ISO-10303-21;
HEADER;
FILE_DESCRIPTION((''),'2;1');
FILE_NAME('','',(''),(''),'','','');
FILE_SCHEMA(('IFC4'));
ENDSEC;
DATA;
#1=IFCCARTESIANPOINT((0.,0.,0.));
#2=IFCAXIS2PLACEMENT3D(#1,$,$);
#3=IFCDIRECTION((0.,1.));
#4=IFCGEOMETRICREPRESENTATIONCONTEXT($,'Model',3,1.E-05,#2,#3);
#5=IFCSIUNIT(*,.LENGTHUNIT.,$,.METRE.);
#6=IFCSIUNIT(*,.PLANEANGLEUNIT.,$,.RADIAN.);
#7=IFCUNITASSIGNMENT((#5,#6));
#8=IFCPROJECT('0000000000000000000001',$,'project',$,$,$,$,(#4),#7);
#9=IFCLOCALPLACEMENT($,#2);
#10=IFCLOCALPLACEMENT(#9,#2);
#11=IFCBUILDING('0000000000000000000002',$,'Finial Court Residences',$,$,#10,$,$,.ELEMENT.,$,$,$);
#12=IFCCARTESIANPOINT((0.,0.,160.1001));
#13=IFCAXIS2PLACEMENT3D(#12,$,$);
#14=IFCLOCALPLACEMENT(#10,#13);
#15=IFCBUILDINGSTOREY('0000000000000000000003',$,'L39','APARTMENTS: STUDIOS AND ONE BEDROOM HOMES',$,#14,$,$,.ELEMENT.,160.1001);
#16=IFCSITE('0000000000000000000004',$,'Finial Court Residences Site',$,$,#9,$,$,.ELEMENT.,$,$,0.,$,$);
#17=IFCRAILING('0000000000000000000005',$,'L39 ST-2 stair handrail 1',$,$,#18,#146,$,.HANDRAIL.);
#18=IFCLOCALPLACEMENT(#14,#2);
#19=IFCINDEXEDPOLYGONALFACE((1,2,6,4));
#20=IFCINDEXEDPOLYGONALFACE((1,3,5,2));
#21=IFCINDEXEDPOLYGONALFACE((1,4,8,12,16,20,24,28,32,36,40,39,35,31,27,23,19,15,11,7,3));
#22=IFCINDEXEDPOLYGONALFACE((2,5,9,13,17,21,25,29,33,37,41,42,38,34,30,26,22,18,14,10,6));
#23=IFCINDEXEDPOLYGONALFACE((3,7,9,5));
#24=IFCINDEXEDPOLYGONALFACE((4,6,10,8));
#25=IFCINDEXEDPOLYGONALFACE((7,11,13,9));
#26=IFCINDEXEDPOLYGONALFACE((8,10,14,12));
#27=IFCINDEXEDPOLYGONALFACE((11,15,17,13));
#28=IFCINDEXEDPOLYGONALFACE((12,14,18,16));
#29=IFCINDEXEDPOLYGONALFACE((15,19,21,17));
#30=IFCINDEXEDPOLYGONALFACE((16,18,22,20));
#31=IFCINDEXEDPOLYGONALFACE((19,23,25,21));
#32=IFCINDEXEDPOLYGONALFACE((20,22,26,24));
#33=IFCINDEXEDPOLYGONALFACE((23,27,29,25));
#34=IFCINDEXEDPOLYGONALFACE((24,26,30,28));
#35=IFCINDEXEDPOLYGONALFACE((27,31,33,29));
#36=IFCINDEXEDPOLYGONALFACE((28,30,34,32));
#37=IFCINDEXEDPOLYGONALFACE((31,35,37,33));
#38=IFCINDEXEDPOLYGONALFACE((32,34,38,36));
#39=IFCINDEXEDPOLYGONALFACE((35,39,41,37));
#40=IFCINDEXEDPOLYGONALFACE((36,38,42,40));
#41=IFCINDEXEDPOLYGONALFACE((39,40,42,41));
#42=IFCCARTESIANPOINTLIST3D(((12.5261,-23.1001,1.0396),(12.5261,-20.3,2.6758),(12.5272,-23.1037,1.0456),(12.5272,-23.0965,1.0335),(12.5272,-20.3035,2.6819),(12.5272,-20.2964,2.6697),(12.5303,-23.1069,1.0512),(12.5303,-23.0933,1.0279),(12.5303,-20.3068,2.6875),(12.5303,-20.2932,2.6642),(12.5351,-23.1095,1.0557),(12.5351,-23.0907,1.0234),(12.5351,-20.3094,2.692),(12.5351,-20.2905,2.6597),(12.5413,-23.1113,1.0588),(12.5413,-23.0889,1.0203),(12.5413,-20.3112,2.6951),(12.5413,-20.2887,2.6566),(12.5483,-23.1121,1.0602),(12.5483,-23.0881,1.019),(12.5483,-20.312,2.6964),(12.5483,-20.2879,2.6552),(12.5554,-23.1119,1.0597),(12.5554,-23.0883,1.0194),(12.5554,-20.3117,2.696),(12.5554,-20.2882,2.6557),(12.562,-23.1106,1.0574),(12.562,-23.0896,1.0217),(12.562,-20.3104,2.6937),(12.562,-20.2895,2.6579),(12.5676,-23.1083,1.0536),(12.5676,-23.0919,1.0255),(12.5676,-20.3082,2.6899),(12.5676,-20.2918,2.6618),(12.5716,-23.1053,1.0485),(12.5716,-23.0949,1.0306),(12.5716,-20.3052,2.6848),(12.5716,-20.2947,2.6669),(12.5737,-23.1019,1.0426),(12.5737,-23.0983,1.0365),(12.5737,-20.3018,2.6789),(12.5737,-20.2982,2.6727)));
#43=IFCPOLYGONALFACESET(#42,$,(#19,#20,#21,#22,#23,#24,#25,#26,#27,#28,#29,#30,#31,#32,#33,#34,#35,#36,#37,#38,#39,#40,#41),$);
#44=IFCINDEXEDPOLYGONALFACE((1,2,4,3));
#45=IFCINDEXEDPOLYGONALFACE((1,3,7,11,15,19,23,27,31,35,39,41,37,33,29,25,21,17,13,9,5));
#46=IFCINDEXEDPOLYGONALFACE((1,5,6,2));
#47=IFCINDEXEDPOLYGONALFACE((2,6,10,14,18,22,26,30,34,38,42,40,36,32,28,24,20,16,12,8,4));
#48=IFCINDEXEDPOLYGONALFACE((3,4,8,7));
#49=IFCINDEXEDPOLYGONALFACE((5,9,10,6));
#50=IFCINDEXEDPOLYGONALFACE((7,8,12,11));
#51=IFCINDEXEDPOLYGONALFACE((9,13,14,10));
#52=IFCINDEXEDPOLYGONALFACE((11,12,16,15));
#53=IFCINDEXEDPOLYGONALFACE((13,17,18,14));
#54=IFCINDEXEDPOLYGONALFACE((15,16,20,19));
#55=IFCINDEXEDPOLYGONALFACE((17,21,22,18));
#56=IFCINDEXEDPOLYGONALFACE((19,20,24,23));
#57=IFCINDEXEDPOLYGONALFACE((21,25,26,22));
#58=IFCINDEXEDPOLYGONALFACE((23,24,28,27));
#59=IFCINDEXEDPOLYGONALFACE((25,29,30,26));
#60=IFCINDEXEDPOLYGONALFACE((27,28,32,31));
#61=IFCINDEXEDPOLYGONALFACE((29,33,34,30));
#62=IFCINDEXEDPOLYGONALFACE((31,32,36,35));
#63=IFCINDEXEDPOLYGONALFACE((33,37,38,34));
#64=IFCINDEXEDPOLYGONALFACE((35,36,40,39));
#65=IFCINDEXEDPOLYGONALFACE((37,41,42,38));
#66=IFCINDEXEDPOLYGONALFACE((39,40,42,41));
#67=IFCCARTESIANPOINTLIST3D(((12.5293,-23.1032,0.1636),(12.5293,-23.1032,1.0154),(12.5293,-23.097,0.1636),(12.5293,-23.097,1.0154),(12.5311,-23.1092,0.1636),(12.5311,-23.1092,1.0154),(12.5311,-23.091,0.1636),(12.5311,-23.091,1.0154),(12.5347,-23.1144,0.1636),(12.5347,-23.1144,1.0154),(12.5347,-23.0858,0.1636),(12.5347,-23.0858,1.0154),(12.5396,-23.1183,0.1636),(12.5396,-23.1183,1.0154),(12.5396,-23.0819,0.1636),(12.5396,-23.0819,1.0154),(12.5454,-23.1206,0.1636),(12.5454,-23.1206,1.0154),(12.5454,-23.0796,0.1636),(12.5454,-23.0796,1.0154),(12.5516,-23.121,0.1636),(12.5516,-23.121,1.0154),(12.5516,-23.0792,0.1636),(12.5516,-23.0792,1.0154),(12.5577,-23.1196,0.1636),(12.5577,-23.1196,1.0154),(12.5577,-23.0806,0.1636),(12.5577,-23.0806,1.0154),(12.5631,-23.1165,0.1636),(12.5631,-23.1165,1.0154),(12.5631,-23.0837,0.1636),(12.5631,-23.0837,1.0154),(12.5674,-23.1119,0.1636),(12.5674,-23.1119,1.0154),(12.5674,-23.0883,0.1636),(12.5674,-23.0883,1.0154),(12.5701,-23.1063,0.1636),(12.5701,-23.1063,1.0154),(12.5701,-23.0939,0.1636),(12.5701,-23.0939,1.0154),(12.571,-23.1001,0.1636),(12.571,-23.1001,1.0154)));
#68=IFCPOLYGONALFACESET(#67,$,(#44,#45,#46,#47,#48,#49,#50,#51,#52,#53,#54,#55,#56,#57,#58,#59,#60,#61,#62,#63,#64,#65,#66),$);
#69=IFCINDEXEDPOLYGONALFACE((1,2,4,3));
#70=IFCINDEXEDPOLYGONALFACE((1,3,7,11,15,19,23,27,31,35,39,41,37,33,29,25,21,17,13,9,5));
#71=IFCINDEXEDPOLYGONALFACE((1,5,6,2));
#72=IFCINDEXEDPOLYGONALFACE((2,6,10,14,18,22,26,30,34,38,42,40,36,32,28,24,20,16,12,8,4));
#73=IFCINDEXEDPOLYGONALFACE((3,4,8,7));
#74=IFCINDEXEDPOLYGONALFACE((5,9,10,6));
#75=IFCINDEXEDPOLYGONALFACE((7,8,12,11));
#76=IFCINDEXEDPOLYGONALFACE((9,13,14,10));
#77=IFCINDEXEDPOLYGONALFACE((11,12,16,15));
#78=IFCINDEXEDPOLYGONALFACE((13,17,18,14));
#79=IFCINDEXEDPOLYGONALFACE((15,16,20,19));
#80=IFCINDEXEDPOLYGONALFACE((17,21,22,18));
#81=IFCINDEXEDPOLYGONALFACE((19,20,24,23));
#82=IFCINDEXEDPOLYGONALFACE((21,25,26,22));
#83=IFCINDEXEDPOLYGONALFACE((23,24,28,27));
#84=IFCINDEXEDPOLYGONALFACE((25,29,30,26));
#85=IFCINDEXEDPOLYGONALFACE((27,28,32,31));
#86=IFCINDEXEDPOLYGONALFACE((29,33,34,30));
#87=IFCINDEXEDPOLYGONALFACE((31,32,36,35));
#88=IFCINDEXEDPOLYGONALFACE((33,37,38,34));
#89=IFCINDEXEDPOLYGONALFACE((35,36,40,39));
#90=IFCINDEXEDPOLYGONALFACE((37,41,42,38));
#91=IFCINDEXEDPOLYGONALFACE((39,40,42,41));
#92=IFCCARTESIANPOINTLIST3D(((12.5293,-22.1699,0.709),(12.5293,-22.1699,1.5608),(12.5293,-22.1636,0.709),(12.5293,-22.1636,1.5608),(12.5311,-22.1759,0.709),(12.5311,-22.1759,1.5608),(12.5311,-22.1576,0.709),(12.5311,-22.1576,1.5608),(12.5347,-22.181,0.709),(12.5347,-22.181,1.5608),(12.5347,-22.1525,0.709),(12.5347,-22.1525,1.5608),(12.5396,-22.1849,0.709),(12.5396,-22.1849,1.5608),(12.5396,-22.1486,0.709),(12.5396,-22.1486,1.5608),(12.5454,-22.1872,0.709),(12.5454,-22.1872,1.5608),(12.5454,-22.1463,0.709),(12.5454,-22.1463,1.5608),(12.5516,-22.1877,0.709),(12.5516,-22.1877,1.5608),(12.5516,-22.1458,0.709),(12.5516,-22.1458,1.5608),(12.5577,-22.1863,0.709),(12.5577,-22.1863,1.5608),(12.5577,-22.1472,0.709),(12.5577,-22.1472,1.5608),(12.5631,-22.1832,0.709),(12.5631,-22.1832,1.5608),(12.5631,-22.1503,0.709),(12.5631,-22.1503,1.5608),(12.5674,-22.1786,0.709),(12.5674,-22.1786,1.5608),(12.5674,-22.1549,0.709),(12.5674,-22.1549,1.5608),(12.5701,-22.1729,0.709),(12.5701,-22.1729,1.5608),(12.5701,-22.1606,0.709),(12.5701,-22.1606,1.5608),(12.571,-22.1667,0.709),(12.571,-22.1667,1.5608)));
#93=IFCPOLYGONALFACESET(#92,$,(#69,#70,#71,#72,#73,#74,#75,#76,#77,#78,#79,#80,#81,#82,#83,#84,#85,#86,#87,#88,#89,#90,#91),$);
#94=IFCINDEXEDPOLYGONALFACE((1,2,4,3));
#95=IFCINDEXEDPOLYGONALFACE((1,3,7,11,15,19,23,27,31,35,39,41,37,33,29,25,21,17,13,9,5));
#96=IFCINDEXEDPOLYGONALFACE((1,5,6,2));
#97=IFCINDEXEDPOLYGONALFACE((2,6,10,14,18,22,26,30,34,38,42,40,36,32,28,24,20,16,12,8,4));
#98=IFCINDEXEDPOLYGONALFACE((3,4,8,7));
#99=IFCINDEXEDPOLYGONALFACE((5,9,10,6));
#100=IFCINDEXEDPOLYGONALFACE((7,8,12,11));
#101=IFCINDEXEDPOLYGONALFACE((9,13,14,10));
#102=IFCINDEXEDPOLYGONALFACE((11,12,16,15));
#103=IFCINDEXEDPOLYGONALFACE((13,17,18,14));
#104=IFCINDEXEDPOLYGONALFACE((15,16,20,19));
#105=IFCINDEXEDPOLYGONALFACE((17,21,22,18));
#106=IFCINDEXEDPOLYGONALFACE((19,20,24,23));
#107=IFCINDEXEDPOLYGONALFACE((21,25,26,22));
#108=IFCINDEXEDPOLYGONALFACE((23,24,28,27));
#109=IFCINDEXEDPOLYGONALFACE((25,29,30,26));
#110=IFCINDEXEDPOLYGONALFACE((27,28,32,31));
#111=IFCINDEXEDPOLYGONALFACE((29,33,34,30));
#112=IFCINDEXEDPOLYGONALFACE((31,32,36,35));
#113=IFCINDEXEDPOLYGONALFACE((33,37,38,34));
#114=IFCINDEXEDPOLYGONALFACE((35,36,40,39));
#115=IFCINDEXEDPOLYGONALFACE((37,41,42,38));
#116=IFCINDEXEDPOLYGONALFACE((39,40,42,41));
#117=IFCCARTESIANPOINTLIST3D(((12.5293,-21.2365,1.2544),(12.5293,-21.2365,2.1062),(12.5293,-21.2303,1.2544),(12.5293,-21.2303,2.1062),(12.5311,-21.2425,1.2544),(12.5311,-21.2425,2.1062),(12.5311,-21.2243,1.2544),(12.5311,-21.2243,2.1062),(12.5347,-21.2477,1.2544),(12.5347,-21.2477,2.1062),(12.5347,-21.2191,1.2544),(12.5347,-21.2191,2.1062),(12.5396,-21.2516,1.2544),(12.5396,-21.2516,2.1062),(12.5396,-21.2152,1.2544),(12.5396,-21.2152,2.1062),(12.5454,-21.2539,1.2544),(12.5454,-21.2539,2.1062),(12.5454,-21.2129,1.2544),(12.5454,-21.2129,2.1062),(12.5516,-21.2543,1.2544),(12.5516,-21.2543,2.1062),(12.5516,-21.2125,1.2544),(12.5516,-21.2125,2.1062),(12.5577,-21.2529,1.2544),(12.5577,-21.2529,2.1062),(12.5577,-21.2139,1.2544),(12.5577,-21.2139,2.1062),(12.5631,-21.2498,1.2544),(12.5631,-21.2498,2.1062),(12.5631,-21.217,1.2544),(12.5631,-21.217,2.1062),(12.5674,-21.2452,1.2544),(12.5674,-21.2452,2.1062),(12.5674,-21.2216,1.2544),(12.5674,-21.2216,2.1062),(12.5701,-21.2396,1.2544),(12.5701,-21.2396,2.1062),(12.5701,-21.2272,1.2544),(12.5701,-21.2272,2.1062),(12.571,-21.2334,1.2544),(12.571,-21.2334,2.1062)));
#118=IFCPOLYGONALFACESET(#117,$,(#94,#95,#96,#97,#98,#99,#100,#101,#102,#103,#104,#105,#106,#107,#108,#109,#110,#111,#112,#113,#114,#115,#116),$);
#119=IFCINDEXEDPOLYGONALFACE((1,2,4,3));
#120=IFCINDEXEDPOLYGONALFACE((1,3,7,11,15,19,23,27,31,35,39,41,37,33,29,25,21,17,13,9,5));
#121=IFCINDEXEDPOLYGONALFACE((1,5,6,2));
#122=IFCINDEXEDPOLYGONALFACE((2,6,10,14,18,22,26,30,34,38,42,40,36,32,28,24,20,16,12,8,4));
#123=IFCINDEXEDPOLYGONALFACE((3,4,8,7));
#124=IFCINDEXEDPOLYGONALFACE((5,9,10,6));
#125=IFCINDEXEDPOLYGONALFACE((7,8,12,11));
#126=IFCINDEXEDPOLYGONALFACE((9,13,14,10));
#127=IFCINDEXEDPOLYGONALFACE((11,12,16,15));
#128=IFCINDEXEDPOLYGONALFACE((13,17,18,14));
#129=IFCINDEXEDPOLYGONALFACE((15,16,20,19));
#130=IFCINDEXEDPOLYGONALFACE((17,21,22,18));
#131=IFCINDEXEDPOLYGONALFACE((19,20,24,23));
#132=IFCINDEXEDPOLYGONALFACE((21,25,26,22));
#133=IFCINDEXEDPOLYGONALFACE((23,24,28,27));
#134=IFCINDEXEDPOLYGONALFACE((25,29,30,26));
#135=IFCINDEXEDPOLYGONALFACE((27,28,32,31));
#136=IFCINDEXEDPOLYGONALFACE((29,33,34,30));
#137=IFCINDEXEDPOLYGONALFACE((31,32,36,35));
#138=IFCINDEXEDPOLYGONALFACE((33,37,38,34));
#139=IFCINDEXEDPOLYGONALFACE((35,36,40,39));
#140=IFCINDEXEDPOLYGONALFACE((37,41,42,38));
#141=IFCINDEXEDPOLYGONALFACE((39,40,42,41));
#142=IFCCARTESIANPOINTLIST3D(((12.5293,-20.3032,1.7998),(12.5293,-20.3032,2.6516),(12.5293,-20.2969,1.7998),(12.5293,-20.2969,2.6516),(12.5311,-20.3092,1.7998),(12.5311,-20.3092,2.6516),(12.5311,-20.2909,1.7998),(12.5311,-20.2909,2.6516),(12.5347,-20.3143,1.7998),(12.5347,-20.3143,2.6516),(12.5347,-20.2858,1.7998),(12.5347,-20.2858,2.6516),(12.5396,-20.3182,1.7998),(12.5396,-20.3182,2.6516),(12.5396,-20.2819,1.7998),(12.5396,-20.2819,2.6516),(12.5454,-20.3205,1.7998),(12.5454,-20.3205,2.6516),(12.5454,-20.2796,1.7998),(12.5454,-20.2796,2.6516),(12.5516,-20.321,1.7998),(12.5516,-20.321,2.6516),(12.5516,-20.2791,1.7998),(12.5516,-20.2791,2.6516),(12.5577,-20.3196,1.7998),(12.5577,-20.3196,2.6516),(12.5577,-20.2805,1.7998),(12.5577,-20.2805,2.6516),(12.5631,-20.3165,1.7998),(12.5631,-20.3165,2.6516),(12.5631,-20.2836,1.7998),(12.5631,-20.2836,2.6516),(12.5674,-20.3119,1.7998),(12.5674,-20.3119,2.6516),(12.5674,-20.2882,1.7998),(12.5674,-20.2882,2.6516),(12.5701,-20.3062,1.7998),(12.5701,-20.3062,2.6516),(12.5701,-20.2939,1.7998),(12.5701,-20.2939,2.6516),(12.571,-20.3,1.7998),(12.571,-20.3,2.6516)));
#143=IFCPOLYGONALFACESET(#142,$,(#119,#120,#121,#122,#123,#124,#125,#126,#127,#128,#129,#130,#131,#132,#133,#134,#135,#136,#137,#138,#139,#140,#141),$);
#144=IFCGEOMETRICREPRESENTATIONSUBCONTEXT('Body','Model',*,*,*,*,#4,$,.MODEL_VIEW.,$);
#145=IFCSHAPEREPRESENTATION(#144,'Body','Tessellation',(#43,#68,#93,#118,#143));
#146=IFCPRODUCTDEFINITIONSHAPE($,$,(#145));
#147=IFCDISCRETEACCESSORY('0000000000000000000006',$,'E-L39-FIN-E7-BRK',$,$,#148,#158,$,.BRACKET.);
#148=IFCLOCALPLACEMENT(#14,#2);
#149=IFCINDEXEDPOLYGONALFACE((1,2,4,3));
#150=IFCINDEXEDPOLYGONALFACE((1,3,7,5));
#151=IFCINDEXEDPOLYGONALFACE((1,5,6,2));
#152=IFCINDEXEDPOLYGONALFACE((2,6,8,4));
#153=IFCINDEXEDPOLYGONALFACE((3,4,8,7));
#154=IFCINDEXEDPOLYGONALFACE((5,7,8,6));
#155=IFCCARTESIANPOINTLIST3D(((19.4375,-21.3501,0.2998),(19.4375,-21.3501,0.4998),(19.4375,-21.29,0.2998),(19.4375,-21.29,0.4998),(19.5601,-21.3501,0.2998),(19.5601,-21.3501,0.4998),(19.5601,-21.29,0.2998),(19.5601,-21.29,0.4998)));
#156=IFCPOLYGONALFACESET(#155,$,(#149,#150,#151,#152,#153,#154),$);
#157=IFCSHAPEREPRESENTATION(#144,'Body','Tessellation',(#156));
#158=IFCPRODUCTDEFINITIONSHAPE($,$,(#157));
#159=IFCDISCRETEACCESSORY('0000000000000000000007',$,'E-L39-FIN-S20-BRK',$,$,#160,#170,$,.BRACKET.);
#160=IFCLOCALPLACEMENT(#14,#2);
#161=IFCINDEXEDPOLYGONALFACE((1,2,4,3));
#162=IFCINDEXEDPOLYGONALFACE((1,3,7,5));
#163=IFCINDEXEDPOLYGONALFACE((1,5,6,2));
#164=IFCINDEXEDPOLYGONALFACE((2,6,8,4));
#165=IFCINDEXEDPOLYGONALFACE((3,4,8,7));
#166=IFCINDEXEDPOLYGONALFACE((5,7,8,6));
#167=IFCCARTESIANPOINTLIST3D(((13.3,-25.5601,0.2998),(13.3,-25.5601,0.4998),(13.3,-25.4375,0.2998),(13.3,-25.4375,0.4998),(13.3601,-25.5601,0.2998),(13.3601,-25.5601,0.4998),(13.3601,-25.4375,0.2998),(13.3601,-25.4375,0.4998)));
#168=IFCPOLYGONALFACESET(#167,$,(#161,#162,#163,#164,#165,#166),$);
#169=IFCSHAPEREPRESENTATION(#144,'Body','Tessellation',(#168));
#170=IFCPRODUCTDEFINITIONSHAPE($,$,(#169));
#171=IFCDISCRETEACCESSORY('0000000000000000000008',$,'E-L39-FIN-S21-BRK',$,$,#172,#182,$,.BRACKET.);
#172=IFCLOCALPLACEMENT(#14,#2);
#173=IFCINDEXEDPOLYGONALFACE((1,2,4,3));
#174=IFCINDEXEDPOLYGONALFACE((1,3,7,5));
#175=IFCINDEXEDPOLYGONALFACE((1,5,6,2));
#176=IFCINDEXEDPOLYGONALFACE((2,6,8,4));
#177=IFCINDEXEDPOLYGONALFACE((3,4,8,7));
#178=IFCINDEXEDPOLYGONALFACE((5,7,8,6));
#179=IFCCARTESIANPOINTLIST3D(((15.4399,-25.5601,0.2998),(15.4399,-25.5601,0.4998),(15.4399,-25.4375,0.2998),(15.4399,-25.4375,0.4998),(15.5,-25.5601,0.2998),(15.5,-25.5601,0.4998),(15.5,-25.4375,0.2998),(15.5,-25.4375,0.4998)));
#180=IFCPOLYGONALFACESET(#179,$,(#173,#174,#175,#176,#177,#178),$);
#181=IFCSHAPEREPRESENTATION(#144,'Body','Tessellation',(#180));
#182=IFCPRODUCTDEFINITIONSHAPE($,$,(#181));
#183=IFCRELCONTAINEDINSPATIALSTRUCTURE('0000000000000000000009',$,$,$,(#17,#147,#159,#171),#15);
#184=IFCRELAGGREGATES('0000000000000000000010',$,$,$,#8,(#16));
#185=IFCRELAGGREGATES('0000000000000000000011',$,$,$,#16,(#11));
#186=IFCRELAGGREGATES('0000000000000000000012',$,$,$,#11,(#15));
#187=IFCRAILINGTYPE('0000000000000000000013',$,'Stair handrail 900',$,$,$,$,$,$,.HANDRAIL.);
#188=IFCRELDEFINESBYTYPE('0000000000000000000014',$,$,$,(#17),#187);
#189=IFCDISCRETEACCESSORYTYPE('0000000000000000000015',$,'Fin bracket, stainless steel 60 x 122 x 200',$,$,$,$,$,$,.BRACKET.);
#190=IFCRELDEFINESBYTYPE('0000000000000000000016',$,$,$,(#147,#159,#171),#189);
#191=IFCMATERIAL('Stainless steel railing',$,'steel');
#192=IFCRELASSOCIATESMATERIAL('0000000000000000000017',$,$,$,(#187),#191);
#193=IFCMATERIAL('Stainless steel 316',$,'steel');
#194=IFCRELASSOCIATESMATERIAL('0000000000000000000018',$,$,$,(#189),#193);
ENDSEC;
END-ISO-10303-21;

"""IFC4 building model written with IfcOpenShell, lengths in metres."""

from ifc_helpers import new_model, si_unit, direction, frame, origin, origin_2d, place, context, subcontext, project, spatial, rectangle, circle, extrude, material, type_object, element, save


model = new_model("IFC4")

# Units and contexts
model_context = context("Model", 3, precision=1e-05, world=origin(), true_north=direction((0.0, 1.0)))
body_context = subcontext(model_context, "Body", "Model", "MODEL_VIEW")
ifc_project = project(units=[si_unit("LENGTHUNIT", "METRE"), si_unit("PLANEANGLEUNIT", "RADIAN")], contexts=[model_context])

# Site, building, storey
site_placement = place(None, origin())
site = spatial("IfcSite", under=ifc_project, at=site_placement, Name="Finial Court Residences Site", CompositionType="ELEMENT", RefElevation=0.0)
building_placement = place(site_placement, origin())
building = spatial("IfcBuilding", under=site, at=building_placement, Name="Finial Court Residences", CompositionType="ELEMENT")
storey_placement = place(building_placement, frame((0.0, 0.0, 160.1001)))
storey = spatial("IfcBuildingStorey", under=building, at=storey_placement, Name="L39", Description="APARTMENTS: STUDIOS AND ONE BEDROOM HOMES", CompositionType="ELEMENT", Elevation=160.1001)

# Railing
ifc_material_1 = material(Name="Stainless steel railing", Category="steel")
railing_type = type_object("IfcRailingType", Name="Stair handrail 900", PredefinedType="HANDRAIL", material=ifc_material_1)
railing_placement = place(storey_placement, frame((12.55, -23.1001, 0.1636)))
element("IfcRailing", 1, at=railing_placement, inside=storey, type_object=railing_type, Name="L39 ST-2 stair handrail 1", PredefinedType="HANDRAIL", context=body_context, shape_type="SweptSolid", body=[
    extrude(circle(Radius=0.0239, at=origin_2d()), frame((0.0, 0.0, 0.876), z_axis=(0.0, 0.863394, 0.504531), x_axis=(-1.0, 0.0, 0.0)), (0.0, 0.0, 1.0), 3.2432),
    extrude(circle(Radius=0.021, at=origin_2d()), origin(), (0.0, 0.0, 1.0), 0.8518),
    extrude(circle(Radius=0.021, at=origin_2d()), frame((0.0, 0.9333, 0.5454)), (0.0, 0.0, 1.0), 0.8518),
    extrude(circle(Radius=0.021, at=origin_2d()), frame((0.0, 1.8667, 1.0908)), (0.0, 0.0, 1.0), 0.8518),
    extrude(circle(Radius=0.021, at=origin_2d()), frame((0.0, 2.8, 1.6362)), (0.0, 0.0, 1.0), 0.8518),
])

# Discrete accessories
ifc_material_2 = material(Name="Stainless steel 316", Category="steel")
discrete_accessory_type = type_object("IfcDiscreteAccessoryType", Name="Fin bracket, stainless steel 60 x 122 x 200", PredefinedType="BRACKET", material=ifc_material_2)
discrete_accessory_placement = place(storey_placement, frame((19.4988, -21.3201, 0.2998), z_axis=(0.0, 0.0, 1.0), x_axis=(1.0, 0.0, 0.0)))
element("IfcDiscreteAccessory", 2, at=discrete_accessory_placement, inside=storey, type_object=discrete_accessory_type, Name="E-L39-FIN-E7-BRK", PredefinedType="BRACKET", context=body_context, shape_type="SweptSolid", body=[
    extrude(rectangle(XDim=0.1226, YDim=0.0601, at=origin_2d()), origin(), (0.0, 0.0, 1.0), 0.2),
])
for number, where, z_axis, x_axis, name in (
    (3, (13.3301, -25.4988, 0.2998), (0.0, 0.0, 1.0), (1.0, 0.0, 0.0), "E-L39-FIN-S20-BRK"),
    (4, (15.47, -25.4988, 0.2998), (0.0, 0.0, 1.0), (1.0, 0.0, 0.0), "E-L39-FIN-S21-BRK"),
):
    element("IfcDiscreteAccessory", number, at=place(storey_placement, frame(where, z_axis=z_axis, x_axis=x_axis)), inside=storey, type_object=discrete_accessory_type, Name=name, PredefinedType="BRACKET", context=body_context, shape_type="SweptSolid", body=[
        extrude(rectangle(XDim=0.0601, YDim=0.1226, at=origin_2d()), origin(), (0.0, 0.0, 1.0), 0.2),
    ])

save(model, "model.ifc")
